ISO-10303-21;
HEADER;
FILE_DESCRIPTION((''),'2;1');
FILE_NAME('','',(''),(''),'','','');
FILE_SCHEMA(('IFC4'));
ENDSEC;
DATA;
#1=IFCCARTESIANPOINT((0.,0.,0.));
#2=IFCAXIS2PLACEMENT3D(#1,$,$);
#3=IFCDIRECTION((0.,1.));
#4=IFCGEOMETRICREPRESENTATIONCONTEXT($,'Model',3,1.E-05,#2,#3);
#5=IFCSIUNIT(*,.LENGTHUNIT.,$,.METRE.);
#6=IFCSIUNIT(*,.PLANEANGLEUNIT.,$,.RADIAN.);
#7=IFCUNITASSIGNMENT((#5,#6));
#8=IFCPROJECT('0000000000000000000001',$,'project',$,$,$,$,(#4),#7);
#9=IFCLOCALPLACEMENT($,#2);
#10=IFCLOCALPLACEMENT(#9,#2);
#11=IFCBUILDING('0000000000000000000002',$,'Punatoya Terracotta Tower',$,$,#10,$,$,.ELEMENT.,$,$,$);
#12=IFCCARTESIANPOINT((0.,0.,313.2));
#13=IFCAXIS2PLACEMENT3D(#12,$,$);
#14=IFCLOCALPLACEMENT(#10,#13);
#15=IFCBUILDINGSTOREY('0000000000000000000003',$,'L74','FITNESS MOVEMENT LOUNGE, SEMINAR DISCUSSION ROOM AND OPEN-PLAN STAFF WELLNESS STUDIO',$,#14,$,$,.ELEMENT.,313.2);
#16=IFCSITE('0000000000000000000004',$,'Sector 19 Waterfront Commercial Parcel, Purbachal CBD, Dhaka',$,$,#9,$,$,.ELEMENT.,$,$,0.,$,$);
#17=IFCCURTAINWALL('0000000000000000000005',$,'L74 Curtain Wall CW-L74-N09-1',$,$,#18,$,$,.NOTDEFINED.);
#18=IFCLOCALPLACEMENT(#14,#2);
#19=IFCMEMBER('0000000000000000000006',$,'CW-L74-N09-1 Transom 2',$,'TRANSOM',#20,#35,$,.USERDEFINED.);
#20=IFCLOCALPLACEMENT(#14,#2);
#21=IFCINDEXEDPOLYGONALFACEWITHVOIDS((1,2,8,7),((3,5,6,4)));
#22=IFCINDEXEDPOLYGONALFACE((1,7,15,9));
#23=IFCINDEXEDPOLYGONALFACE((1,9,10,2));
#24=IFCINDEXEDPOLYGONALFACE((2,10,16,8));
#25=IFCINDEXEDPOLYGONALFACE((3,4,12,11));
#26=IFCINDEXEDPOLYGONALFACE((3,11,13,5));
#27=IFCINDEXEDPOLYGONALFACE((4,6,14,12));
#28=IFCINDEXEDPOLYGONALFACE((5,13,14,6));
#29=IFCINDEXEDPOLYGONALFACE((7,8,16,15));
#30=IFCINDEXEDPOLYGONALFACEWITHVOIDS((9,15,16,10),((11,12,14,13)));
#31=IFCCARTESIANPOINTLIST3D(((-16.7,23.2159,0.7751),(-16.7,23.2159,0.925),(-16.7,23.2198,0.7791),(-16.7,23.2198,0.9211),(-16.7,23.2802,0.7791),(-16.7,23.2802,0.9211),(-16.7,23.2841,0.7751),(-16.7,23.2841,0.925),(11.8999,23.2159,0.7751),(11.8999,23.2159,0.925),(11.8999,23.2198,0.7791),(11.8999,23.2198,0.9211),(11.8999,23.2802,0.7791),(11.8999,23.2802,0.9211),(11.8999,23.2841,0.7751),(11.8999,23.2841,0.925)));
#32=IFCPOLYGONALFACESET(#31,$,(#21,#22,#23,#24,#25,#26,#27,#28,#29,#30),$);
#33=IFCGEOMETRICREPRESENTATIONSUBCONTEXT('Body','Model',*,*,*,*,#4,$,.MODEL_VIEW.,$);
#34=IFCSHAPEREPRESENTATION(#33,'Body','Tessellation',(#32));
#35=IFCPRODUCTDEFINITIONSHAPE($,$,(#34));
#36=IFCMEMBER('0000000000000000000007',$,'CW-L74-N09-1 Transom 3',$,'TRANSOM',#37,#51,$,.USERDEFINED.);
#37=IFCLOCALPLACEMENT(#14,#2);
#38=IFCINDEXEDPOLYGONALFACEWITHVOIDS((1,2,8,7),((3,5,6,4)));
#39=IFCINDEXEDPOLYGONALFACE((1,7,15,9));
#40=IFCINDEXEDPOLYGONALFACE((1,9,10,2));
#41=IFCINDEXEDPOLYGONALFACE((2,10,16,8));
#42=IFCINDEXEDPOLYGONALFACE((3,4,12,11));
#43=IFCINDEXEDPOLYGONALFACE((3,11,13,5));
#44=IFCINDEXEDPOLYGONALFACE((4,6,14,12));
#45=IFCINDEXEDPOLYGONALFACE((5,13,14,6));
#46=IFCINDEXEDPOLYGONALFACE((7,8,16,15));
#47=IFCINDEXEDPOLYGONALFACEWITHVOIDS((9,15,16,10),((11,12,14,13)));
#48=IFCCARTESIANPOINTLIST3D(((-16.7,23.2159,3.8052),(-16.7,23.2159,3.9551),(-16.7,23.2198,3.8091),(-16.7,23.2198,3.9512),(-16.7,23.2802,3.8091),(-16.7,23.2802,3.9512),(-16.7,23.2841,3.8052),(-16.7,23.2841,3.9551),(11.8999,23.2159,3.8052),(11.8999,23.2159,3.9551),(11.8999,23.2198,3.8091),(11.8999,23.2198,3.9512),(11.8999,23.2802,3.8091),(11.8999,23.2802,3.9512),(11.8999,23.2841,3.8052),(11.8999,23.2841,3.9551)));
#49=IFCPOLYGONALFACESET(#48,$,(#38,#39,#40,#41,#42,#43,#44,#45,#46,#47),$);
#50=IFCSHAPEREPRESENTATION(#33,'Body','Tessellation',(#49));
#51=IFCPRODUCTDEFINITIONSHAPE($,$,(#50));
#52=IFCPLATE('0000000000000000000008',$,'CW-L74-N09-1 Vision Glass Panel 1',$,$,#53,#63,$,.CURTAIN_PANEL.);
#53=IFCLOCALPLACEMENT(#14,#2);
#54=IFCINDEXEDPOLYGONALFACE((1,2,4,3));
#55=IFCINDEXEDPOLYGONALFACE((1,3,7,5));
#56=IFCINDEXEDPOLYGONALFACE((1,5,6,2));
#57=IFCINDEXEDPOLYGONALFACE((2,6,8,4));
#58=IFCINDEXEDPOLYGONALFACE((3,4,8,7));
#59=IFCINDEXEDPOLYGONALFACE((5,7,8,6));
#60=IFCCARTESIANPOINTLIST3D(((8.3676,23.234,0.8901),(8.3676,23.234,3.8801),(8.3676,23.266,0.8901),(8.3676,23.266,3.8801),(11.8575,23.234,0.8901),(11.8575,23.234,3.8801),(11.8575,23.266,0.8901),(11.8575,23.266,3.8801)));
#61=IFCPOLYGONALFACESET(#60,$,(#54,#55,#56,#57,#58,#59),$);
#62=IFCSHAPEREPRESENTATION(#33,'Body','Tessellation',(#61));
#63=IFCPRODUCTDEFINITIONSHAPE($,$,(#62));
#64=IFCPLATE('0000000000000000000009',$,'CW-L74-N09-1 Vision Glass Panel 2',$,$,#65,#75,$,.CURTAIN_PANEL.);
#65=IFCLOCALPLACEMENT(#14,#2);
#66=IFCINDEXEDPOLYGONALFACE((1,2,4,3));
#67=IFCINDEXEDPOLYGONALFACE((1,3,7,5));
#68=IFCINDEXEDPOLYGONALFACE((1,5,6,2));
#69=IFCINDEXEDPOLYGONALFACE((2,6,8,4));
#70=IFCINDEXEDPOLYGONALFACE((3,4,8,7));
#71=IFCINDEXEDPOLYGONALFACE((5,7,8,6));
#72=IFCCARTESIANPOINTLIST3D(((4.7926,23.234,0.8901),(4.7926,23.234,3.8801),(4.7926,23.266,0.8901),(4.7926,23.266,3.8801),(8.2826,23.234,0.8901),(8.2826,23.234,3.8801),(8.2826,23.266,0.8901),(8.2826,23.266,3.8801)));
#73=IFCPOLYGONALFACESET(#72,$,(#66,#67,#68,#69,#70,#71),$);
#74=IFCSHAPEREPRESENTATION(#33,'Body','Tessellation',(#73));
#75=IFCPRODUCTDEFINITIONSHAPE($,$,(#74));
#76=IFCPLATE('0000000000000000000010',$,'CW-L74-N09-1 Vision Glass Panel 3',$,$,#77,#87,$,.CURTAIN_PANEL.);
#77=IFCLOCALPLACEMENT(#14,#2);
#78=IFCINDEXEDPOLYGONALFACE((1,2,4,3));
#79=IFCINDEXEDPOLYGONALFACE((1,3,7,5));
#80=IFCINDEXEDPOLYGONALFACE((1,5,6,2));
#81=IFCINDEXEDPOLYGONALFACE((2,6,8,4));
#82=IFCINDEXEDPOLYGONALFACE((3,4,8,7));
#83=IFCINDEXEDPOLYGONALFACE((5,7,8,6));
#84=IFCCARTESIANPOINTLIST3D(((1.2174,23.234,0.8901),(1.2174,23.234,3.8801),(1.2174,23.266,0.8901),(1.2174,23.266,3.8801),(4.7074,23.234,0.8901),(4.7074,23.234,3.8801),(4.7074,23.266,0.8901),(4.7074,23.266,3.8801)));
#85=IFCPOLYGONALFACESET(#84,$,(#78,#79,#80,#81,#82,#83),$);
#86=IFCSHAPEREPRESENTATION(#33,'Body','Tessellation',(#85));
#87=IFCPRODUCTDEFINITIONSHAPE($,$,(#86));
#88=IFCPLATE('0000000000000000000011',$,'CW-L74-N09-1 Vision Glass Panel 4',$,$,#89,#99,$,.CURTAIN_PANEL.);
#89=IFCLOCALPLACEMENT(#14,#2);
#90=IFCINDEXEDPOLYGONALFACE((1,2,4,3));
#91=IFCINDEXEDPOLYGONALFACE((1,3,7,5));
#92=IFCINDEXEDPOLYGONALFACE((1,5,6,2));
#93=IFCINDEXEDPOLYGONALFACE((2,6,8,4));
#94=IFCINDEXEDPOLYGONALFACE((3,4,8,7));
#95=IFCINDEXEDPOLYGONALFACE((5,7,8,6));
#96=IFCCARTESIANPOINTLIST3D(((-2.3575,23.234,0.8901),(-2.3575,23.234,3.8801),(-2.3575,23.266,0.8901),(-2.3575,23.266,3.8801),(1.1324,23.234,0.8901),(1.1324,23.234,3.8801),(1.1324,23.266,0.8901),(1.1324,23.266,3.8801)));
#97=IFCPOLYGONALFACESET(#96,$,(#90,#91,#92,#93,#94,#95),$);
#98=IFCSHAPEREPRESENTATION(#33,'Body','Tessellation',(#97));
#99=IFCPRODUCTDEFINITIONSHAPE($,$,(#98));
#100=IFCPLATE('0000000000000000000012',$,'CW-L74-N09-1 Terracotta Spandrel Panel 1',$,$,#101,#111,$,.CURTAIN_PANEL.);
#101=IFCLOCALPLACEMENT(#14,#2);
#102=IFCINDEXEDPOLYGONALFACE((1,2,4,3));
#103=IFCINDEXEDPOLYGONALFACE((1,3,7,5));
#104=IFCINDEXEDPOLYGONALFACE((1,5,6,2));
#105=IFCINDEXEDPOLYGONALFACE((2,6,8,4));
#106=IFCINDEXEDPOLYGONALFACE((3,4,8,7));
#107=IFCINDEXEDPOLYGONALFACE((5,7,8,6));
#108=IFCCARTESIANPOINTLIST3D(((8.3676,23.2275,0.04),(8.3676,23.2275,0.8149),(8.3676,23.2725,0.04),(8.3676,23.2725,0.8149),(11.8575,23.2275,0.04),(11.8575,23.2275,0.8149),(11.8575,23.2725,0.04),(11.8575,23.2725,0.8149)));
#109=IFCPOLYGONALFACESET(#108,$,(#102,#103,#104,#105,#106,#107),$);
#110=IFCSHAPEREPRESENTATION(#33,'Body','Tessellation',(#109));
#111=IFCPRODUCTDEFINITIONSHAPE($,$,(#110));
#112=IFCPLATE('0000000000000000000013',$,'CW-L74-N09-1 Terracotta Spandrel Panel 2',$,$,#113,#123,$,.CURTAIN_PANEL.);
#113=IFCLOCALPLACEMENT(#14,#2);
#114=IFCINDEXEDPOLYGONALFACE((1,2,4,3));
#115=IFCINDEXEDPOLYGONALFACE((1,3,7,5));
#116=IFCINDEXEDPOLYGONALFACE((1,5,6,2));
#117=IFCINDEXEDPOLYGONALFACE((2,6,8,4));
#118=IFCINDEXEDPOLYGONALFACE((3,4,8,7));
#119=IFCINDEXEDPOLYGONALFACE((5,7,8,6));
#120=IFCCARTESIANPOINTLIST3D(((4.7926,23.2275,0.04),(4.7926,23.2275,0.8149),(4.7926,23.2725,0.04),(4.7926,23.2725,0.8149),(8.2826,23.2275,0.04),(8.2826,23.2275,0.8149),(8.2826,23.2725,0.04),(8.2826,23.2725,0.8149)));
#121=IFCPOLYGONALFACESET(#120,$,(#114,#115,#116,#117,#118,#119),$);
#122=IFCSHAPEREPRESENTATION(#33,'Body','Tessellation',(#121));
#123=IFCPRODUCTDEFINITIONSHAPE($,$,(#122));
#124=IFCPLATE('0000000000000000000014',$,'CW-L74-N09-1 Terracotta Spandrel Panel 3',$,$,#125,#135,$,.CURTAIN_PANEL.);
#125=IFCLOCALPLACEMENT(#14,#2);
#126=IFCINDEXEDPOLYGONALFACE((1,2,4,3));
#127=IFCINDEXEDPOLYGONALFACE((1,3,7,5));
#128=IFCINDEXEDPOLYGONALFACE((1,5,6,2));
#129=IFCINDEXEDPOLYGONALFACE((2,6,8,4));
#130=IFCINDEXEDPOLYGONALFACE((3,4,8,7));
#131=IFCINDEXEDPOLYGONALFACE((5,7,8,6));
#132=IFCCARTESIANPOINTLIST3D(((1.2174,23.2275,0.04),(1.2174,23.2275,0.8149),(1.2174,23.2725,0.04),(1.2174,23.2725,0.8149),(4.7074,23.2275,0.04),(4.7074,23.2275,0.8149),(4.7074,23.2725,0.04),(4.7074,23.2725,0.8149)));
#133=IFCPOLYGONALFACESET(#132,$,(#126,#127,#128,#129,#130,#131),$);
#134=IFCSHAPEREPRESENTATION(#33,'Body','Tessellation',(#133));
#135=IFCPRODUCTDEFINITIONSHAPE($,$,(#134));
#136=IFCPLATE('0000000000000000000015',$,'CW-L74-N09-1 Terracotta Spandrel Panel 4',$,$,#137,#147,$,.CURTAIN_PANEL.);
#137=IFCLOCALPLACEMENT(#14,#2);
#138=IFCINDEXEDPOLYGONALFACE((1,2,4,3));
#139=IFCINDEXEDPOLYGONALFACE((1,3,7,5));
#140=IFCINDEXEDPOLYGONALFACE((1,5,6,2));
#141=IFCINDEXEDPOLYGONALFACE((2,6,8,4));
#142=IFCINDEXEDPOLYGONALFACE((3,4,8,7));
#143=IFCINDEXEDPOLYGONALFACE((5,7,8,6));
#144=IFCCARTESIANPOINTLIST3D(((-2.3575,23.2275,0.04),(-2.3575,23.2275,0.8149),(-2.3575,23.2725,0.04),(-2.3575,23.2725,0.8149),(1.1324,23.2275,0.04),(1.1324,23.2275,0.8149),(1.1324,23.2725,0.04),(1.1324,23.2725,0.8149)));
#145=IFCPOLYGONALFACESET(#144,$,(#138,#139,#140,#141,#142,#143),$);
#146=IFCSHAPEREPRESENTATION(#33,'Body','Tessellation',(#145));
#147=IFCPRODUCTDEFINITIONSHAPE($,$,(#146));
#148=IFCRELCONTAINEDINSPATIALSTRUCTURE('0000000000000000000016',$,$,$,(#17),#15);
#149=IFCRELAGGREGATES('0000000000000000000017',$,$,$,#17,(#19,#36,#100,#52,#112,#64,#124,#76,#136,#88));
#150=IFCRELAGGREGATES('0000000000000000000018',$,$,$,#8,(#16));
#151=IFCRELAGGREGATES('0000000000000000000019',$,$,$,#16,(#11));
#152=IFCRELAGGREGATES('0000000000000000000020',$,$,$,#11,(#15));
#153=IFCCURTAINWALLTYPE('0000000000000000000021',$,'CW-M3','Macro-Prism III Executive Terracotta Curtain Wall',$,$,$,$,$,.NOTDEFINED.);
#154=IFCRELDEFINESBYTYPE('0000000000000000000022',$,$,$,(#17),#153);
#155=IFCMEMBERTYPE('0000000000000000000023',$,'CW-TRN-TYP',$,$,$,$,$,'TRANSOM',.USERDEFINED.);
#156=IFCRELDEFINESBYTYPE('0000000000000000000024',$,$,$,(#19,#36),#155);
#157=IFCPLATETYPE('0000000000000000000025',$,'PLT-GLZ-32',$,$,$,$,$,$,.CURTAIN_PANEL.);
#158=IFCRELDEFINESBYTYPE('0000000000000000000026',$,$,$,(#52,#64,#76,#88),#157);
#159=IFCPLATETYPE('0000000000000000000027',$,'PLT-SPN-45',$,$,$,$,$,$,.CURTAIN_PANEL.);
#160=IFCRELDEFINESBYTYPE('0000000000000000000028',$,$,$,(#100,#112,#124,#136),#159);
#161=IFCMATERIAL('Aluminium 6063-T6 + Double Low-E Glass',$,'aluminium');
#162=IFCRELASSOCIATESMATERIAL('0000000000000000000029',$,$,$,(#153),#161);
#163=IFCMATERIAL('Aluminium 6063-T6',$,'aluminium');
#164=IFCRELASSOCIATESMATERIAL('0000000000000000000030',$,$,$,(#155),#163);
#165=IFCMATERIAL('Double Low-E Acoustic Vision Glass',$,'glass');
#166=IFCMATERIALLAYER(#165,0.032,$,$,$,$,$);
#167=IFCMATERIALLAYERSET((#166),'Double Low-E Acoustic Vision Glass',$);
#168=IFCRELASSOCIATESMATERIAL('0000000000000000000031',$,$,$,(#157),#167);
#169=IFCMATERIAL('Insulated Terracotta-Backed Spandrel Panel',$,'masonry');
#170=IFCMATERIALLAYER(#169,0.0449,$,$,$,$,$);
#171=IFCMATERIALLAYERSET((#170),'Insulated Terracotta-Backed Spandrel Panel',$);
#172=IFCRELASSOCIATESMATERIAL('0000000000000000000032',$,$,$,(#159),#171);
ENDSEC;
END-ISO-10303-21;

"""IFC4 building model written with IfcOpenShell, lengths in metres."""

from ifc_helpers import new_model, si_unit, direction, frame, origin, origin_2d, place, context, subcontext, project, spatial, rectangle, hollow_rectangle, extrude, material, layer, layer_set, material_profile, profile_set, type_object, element, aggregate, save


model = new_model("IFC4")

# Units and contexts
model_context = context("Model", 3, precision=1e-05, world=origin(), true_north=direction((0.0, 1.0)))
body_context = subcontext(model_context, "Body", "Model", "MODEL_VIEW")
ifc_project = project(units=[si_unit("LENGTHUNIT", "METRE"), si_unit("PLANEANGLEUNIT", "RADIAN")], contexts=[model_context])

# Site, building, storey
site_placement = place(None, origin())
site = spatial("IfcSite", under=ifc_project, at=site_placement, Name="Sector 19 Waterfront Commercial Parcel, Purbachal CBD, Dhaka", CompositionType="ELEMENT", RefElevation=0.0)
building_placement = place(site_placement, origin())
building = spatial("IfcBuilding", under=site, at=building_placement, Name="Punatoya Terracotta Tower", CompositionType="ELEMENT")
storey_placement = place(building_placement, frame((0.0, 0.0, 313.2)))
storey = spatial("IfcBuildingStorey", under=building, at=storey_placement, Name="L74", Description="FITNESS MOVEMENT LOUNGE, SEMINAR DISCUSSION ROOM AND OPEN-PLAN STAFF WELLNESS STUDIO", CompositionType="ELEMENT", Elevation=313.2)

# Curtain wall, members, plates
ifc_material_1 = material(Name="Aluminium 6063-T6 + Double Low-E Glass", Category="aluminium")
curtain_wall_type = type_object("IfcCurtainWallType", Name="CW-M3", Description="Macro-Prism III Executive Terracotta Curtain Wall", PredefinedType="NOTDEFINED", material=ifc_material_1)
curtain_wall_placement = place(storey_placement, origin())
curtain_wall = element("IfcCurtainWall", 1, at=curtain_wall_placement, inside=storey, type_object=curtain_wall_type, Name="L74 Curtain Wall CW-L74-N09-1", PredefinedType="NOTDEFINED")
ifc_material_2 = material(Name="Aluminium 6063-T6", Category="aluminium")
ifc_material_profile_1 = material_profile(ifc_material_2, hollow_rectangle(XDim=0.0681, YDim=0.1499, WallThickness=0.0039, at=origin_2d()))
ifc_profile_set_1 = profile_set([ifc_material_profile_1], Name="Aluminium 6063-T6")
member_type_1 = type_object("IfcMemberType", Name="CW-TRN-TYP", ElementType="TRANSOM", PredefinedType="USERDEFINED", material=ifc_profile_set_1)
member_1_placement = place(storey_placement, frame((11.8999, 23.25, 0.8501), z_axis=(-1.0, 0.0, 0.0), x_axis=(0.0, -1.0, 0.0)))
member_1 = element("IfcMember", 2, at=member_1_placement, type_object=member_type_1, Name="CW-L74-N09-1 Transom 2", ObjectType="TRANSOM", PredefinedType="USERDEFINED", context=body_context, shape_type="SweptSolid", body=[
    extrude(hollow_rectangle(XDim=0.0681, YDim=0.1499, WallThickness=0.0039, at=origin_2d()), origin(), (0.0, 0.0, 1.0), 28.5999),
])
member_2_placement = place(storey_placement, frame((11.8999, 23.25, 3.8801), z_axis=(-1.0, 0.0, 0.0), x_axis=(0.0, -1.0, 0.0)))
member_2 = element("IfcMember", 3, at=member_2_placement, type_object=member_type_1, Name="CW-L74-N09-1 Transom 3", ObjectType="TRANSOM", PredefinedType="USERDEFINED", context=body_context, shape_type="SweptSolid", body=[
    extrude(hollow_rectangle(XDim=0.0681, YDim=0.1499, WallThickness=0.0039, at=origin_2d()), origin(), (0.0, 0.0, 1.0), 28.5999),
])
ifc_material_3 = material(Name="Double Low-E Acoustic Vision Glass", Category="glass")
ifc_layer_1 = layer(ifc_material_3, 0.032)
ifc_layer_set_1 = layer_set([ifc_layer_1], Name="Double Low-E Acoustic Vision Glass")
plate_type_1 = type_object("IfcPlateType", Name="PLT-GLZ-32", PredefinedType="CURTAIN_PANEL", material=ifc_layer_set_1)
plate_1_placement = place(storey_placement, frame((10.1125, 23.25, 0.8901), z_axis=(0.0, 0.0, 1.0), x_axis=(-1.0, 0.0, 0.0)))
plate_1 = element("IfcPlate", 4, at=plate_1_placement, type_object=plate_type_1, Name="CW-L74-N09-1 Vision Glass Panel 1", PredefinedType="CURTAIN_PANEL", context=body_context, shape_type="SweptSolid", body=[
    extrude(rectangle(XDim=3.49, YDim=0.032, at=origin_2d()), origin(), (0.0, 0.0, 1.0), 2.99),
])
plate_2_placement = place(storey_placement, frame((6.5376, 23.25, 0.8901), z_axis=(0.0, 0.0, 1.0), x_axis=(-1.0, 0.0, 0.0)))
plate_2 = element("IfcPlate", 5, at=plate_2_placement, type_object=plate_type_1, Name="CW-L74-N09-1 Vision Glass Panel 2", PredefinedType="CURTAIN_PANEL", context=body_context, shape_type="SweptSolid", body=[
    extrude(rectangle(XDim=3.49, YDim=0.032, at=origin_2d()), origin(), (0.0, 0.0, 1.0), 2.99),
])
plate_3_placement = place(storey_placement, frame((2.9624, 23.25, 0.8901), z_axis=(0.0, 0.0, 1.0), x_axis=(-1.0, 0.0, 0.0)))
plate_3 = element("IfcPlate", 6, at=plate_3_placement, type_object=plate_type_1, Name="CW-L74-N09-1 Vision Glass Panel 3", PredefinedType="CURTAIN_PANEL", context=body_context, shape_type="SweptSolid", body=[
    extrude(rectangle(XDim=3.49, YDim=0.032, at=origin_2d()), origin(), (0.0, 0.0, 1.0), 2.99),
])
plate_4_placement = place(storey_placement, frame((-0.6125, 23.25, 0.8901), z_axis=(0.0, 0.0, 1.0), x_axis=(-1.0, 0.0, 0.0)))
plate_4 = element("IfcPlate", 7, at=plate_4_placement, type_object=plate_type_1, Name="CW-L74-N09-1 Vision Glass Panel 4", PredefinedType="CURTAIN_PANEL", context=body_context, shape_type="SweptSolid", body=[
    extrude(rectangle(XDim=3.49, YDim=0.032, at=origin_2d()), origin(), (0.0, 0.0, 1.0), 2.99),
])
ifc_material_4 = material(Name="Insulated Terracotta-Backed Spandrel Panel", Category="masonry")
ifc_layer_2 = layer(ifc_material_4, 0.0449)
ifc_layer_set_2 = layer_set([ifc_layer_2], Name="Insulated Terracotta-Backed Spandrel Panel")
plate_type_2 = type_object("IfcPlateType", Name="PLT-SPN-45", PredefinedType="CURTAIN_PANEL", material=ifc_layer_set_2)
plate_5_placement = place(storey_placement, frame((10.1125, 23.25, 0.04), z_axis=(0.0, 0.0, 1.0), x_axis=(-1.0, 0.0, 0.0)))
plate_5 = element("IfcPlate", 8, at=plate_5_placement, type_object=plate_type_2, Name="CW-L74-N09-1 Terracotta Spandrel Panel 1", PredefinedType="CURTAIN_PANEL", context=body_context, shape_type="SweptSolid", body=[
    extrude(rectangle(XDim=3.49, YDim=0.0449, at=origin_2d()), origin(), (0.0, 0.0, 1.0), 0.7749),
])
plate_6_placement = place(storey_placement, frame((6.5376, 23.25, 0.04), z_axis=(0.0, 0.0, 1.0), x_axis=(-1.0, 0.0, 0.0)))
plate_6 = element("IfcPlate", 9, at=plate_6_placement, type_object=plate_type_2, Name="CW-L74-N09-1 Terracotta Spandrel Panel 2", PredefinedType="CURTAIN_PANEL", context=body_context, shape_type="SweptSolid", body=[
    extrude(rectangle(XDim=3.49, YDim=0.0449, at=origin_2d()), origin(), (0.0, 0.0, 1.0), 0.7749),
])
plate_7_placement = place(storey_placement, frame((2.9624, 23.25, 0.04), z_axis=(0.0, 0.0, 1.0), x_axis=(-1.0, 0.0, 0.0)))
plate_7 = element("IfcPlate", 10, at=plate_7_placement, type_object=plate_type_2, Name="CW-L74-N09-1 Terracotta Spandrel Panel 3", PredefinedType="CURTAIN_PANEL", context=body_context, shape_type="SweptSolid", body=[
    extrude(rectangle(XDim=3.49, YDim=0.0449, at=origin_2d()), origin(), (0.0, 0.0, 1.0), 0.7749),
])
plate_8_placement = place(storey_placement, frame((-0.6125, 23.25, 0.04), z_axis=(0.0, 0.0, 1.0), x_axis=(-1.0, 0.0, 0.0)))
plate_8 = element("IfcPlate", 11, at=plate_8_placement, type_object=plate_type_2, Name="CW-L74-N09-1 Terracotta Spandrel Panel 4", PredefinedType="CURTAIN_PANEL", context=body_context, shape_type="SweptSolid", body=[
    extrude(rectangle(XDim=3.49, YDim=0.0449, at=origin_2d()), origin(), (0.0, 0.0, 1.0), 0.7749),
])
aggregate(curtain_wall, [member_1, member_2, plate_5, plate_1, plate_6, plate_2, plate_7, plate_3, plate_8, plate_4])

save(model, "model.ifc")
